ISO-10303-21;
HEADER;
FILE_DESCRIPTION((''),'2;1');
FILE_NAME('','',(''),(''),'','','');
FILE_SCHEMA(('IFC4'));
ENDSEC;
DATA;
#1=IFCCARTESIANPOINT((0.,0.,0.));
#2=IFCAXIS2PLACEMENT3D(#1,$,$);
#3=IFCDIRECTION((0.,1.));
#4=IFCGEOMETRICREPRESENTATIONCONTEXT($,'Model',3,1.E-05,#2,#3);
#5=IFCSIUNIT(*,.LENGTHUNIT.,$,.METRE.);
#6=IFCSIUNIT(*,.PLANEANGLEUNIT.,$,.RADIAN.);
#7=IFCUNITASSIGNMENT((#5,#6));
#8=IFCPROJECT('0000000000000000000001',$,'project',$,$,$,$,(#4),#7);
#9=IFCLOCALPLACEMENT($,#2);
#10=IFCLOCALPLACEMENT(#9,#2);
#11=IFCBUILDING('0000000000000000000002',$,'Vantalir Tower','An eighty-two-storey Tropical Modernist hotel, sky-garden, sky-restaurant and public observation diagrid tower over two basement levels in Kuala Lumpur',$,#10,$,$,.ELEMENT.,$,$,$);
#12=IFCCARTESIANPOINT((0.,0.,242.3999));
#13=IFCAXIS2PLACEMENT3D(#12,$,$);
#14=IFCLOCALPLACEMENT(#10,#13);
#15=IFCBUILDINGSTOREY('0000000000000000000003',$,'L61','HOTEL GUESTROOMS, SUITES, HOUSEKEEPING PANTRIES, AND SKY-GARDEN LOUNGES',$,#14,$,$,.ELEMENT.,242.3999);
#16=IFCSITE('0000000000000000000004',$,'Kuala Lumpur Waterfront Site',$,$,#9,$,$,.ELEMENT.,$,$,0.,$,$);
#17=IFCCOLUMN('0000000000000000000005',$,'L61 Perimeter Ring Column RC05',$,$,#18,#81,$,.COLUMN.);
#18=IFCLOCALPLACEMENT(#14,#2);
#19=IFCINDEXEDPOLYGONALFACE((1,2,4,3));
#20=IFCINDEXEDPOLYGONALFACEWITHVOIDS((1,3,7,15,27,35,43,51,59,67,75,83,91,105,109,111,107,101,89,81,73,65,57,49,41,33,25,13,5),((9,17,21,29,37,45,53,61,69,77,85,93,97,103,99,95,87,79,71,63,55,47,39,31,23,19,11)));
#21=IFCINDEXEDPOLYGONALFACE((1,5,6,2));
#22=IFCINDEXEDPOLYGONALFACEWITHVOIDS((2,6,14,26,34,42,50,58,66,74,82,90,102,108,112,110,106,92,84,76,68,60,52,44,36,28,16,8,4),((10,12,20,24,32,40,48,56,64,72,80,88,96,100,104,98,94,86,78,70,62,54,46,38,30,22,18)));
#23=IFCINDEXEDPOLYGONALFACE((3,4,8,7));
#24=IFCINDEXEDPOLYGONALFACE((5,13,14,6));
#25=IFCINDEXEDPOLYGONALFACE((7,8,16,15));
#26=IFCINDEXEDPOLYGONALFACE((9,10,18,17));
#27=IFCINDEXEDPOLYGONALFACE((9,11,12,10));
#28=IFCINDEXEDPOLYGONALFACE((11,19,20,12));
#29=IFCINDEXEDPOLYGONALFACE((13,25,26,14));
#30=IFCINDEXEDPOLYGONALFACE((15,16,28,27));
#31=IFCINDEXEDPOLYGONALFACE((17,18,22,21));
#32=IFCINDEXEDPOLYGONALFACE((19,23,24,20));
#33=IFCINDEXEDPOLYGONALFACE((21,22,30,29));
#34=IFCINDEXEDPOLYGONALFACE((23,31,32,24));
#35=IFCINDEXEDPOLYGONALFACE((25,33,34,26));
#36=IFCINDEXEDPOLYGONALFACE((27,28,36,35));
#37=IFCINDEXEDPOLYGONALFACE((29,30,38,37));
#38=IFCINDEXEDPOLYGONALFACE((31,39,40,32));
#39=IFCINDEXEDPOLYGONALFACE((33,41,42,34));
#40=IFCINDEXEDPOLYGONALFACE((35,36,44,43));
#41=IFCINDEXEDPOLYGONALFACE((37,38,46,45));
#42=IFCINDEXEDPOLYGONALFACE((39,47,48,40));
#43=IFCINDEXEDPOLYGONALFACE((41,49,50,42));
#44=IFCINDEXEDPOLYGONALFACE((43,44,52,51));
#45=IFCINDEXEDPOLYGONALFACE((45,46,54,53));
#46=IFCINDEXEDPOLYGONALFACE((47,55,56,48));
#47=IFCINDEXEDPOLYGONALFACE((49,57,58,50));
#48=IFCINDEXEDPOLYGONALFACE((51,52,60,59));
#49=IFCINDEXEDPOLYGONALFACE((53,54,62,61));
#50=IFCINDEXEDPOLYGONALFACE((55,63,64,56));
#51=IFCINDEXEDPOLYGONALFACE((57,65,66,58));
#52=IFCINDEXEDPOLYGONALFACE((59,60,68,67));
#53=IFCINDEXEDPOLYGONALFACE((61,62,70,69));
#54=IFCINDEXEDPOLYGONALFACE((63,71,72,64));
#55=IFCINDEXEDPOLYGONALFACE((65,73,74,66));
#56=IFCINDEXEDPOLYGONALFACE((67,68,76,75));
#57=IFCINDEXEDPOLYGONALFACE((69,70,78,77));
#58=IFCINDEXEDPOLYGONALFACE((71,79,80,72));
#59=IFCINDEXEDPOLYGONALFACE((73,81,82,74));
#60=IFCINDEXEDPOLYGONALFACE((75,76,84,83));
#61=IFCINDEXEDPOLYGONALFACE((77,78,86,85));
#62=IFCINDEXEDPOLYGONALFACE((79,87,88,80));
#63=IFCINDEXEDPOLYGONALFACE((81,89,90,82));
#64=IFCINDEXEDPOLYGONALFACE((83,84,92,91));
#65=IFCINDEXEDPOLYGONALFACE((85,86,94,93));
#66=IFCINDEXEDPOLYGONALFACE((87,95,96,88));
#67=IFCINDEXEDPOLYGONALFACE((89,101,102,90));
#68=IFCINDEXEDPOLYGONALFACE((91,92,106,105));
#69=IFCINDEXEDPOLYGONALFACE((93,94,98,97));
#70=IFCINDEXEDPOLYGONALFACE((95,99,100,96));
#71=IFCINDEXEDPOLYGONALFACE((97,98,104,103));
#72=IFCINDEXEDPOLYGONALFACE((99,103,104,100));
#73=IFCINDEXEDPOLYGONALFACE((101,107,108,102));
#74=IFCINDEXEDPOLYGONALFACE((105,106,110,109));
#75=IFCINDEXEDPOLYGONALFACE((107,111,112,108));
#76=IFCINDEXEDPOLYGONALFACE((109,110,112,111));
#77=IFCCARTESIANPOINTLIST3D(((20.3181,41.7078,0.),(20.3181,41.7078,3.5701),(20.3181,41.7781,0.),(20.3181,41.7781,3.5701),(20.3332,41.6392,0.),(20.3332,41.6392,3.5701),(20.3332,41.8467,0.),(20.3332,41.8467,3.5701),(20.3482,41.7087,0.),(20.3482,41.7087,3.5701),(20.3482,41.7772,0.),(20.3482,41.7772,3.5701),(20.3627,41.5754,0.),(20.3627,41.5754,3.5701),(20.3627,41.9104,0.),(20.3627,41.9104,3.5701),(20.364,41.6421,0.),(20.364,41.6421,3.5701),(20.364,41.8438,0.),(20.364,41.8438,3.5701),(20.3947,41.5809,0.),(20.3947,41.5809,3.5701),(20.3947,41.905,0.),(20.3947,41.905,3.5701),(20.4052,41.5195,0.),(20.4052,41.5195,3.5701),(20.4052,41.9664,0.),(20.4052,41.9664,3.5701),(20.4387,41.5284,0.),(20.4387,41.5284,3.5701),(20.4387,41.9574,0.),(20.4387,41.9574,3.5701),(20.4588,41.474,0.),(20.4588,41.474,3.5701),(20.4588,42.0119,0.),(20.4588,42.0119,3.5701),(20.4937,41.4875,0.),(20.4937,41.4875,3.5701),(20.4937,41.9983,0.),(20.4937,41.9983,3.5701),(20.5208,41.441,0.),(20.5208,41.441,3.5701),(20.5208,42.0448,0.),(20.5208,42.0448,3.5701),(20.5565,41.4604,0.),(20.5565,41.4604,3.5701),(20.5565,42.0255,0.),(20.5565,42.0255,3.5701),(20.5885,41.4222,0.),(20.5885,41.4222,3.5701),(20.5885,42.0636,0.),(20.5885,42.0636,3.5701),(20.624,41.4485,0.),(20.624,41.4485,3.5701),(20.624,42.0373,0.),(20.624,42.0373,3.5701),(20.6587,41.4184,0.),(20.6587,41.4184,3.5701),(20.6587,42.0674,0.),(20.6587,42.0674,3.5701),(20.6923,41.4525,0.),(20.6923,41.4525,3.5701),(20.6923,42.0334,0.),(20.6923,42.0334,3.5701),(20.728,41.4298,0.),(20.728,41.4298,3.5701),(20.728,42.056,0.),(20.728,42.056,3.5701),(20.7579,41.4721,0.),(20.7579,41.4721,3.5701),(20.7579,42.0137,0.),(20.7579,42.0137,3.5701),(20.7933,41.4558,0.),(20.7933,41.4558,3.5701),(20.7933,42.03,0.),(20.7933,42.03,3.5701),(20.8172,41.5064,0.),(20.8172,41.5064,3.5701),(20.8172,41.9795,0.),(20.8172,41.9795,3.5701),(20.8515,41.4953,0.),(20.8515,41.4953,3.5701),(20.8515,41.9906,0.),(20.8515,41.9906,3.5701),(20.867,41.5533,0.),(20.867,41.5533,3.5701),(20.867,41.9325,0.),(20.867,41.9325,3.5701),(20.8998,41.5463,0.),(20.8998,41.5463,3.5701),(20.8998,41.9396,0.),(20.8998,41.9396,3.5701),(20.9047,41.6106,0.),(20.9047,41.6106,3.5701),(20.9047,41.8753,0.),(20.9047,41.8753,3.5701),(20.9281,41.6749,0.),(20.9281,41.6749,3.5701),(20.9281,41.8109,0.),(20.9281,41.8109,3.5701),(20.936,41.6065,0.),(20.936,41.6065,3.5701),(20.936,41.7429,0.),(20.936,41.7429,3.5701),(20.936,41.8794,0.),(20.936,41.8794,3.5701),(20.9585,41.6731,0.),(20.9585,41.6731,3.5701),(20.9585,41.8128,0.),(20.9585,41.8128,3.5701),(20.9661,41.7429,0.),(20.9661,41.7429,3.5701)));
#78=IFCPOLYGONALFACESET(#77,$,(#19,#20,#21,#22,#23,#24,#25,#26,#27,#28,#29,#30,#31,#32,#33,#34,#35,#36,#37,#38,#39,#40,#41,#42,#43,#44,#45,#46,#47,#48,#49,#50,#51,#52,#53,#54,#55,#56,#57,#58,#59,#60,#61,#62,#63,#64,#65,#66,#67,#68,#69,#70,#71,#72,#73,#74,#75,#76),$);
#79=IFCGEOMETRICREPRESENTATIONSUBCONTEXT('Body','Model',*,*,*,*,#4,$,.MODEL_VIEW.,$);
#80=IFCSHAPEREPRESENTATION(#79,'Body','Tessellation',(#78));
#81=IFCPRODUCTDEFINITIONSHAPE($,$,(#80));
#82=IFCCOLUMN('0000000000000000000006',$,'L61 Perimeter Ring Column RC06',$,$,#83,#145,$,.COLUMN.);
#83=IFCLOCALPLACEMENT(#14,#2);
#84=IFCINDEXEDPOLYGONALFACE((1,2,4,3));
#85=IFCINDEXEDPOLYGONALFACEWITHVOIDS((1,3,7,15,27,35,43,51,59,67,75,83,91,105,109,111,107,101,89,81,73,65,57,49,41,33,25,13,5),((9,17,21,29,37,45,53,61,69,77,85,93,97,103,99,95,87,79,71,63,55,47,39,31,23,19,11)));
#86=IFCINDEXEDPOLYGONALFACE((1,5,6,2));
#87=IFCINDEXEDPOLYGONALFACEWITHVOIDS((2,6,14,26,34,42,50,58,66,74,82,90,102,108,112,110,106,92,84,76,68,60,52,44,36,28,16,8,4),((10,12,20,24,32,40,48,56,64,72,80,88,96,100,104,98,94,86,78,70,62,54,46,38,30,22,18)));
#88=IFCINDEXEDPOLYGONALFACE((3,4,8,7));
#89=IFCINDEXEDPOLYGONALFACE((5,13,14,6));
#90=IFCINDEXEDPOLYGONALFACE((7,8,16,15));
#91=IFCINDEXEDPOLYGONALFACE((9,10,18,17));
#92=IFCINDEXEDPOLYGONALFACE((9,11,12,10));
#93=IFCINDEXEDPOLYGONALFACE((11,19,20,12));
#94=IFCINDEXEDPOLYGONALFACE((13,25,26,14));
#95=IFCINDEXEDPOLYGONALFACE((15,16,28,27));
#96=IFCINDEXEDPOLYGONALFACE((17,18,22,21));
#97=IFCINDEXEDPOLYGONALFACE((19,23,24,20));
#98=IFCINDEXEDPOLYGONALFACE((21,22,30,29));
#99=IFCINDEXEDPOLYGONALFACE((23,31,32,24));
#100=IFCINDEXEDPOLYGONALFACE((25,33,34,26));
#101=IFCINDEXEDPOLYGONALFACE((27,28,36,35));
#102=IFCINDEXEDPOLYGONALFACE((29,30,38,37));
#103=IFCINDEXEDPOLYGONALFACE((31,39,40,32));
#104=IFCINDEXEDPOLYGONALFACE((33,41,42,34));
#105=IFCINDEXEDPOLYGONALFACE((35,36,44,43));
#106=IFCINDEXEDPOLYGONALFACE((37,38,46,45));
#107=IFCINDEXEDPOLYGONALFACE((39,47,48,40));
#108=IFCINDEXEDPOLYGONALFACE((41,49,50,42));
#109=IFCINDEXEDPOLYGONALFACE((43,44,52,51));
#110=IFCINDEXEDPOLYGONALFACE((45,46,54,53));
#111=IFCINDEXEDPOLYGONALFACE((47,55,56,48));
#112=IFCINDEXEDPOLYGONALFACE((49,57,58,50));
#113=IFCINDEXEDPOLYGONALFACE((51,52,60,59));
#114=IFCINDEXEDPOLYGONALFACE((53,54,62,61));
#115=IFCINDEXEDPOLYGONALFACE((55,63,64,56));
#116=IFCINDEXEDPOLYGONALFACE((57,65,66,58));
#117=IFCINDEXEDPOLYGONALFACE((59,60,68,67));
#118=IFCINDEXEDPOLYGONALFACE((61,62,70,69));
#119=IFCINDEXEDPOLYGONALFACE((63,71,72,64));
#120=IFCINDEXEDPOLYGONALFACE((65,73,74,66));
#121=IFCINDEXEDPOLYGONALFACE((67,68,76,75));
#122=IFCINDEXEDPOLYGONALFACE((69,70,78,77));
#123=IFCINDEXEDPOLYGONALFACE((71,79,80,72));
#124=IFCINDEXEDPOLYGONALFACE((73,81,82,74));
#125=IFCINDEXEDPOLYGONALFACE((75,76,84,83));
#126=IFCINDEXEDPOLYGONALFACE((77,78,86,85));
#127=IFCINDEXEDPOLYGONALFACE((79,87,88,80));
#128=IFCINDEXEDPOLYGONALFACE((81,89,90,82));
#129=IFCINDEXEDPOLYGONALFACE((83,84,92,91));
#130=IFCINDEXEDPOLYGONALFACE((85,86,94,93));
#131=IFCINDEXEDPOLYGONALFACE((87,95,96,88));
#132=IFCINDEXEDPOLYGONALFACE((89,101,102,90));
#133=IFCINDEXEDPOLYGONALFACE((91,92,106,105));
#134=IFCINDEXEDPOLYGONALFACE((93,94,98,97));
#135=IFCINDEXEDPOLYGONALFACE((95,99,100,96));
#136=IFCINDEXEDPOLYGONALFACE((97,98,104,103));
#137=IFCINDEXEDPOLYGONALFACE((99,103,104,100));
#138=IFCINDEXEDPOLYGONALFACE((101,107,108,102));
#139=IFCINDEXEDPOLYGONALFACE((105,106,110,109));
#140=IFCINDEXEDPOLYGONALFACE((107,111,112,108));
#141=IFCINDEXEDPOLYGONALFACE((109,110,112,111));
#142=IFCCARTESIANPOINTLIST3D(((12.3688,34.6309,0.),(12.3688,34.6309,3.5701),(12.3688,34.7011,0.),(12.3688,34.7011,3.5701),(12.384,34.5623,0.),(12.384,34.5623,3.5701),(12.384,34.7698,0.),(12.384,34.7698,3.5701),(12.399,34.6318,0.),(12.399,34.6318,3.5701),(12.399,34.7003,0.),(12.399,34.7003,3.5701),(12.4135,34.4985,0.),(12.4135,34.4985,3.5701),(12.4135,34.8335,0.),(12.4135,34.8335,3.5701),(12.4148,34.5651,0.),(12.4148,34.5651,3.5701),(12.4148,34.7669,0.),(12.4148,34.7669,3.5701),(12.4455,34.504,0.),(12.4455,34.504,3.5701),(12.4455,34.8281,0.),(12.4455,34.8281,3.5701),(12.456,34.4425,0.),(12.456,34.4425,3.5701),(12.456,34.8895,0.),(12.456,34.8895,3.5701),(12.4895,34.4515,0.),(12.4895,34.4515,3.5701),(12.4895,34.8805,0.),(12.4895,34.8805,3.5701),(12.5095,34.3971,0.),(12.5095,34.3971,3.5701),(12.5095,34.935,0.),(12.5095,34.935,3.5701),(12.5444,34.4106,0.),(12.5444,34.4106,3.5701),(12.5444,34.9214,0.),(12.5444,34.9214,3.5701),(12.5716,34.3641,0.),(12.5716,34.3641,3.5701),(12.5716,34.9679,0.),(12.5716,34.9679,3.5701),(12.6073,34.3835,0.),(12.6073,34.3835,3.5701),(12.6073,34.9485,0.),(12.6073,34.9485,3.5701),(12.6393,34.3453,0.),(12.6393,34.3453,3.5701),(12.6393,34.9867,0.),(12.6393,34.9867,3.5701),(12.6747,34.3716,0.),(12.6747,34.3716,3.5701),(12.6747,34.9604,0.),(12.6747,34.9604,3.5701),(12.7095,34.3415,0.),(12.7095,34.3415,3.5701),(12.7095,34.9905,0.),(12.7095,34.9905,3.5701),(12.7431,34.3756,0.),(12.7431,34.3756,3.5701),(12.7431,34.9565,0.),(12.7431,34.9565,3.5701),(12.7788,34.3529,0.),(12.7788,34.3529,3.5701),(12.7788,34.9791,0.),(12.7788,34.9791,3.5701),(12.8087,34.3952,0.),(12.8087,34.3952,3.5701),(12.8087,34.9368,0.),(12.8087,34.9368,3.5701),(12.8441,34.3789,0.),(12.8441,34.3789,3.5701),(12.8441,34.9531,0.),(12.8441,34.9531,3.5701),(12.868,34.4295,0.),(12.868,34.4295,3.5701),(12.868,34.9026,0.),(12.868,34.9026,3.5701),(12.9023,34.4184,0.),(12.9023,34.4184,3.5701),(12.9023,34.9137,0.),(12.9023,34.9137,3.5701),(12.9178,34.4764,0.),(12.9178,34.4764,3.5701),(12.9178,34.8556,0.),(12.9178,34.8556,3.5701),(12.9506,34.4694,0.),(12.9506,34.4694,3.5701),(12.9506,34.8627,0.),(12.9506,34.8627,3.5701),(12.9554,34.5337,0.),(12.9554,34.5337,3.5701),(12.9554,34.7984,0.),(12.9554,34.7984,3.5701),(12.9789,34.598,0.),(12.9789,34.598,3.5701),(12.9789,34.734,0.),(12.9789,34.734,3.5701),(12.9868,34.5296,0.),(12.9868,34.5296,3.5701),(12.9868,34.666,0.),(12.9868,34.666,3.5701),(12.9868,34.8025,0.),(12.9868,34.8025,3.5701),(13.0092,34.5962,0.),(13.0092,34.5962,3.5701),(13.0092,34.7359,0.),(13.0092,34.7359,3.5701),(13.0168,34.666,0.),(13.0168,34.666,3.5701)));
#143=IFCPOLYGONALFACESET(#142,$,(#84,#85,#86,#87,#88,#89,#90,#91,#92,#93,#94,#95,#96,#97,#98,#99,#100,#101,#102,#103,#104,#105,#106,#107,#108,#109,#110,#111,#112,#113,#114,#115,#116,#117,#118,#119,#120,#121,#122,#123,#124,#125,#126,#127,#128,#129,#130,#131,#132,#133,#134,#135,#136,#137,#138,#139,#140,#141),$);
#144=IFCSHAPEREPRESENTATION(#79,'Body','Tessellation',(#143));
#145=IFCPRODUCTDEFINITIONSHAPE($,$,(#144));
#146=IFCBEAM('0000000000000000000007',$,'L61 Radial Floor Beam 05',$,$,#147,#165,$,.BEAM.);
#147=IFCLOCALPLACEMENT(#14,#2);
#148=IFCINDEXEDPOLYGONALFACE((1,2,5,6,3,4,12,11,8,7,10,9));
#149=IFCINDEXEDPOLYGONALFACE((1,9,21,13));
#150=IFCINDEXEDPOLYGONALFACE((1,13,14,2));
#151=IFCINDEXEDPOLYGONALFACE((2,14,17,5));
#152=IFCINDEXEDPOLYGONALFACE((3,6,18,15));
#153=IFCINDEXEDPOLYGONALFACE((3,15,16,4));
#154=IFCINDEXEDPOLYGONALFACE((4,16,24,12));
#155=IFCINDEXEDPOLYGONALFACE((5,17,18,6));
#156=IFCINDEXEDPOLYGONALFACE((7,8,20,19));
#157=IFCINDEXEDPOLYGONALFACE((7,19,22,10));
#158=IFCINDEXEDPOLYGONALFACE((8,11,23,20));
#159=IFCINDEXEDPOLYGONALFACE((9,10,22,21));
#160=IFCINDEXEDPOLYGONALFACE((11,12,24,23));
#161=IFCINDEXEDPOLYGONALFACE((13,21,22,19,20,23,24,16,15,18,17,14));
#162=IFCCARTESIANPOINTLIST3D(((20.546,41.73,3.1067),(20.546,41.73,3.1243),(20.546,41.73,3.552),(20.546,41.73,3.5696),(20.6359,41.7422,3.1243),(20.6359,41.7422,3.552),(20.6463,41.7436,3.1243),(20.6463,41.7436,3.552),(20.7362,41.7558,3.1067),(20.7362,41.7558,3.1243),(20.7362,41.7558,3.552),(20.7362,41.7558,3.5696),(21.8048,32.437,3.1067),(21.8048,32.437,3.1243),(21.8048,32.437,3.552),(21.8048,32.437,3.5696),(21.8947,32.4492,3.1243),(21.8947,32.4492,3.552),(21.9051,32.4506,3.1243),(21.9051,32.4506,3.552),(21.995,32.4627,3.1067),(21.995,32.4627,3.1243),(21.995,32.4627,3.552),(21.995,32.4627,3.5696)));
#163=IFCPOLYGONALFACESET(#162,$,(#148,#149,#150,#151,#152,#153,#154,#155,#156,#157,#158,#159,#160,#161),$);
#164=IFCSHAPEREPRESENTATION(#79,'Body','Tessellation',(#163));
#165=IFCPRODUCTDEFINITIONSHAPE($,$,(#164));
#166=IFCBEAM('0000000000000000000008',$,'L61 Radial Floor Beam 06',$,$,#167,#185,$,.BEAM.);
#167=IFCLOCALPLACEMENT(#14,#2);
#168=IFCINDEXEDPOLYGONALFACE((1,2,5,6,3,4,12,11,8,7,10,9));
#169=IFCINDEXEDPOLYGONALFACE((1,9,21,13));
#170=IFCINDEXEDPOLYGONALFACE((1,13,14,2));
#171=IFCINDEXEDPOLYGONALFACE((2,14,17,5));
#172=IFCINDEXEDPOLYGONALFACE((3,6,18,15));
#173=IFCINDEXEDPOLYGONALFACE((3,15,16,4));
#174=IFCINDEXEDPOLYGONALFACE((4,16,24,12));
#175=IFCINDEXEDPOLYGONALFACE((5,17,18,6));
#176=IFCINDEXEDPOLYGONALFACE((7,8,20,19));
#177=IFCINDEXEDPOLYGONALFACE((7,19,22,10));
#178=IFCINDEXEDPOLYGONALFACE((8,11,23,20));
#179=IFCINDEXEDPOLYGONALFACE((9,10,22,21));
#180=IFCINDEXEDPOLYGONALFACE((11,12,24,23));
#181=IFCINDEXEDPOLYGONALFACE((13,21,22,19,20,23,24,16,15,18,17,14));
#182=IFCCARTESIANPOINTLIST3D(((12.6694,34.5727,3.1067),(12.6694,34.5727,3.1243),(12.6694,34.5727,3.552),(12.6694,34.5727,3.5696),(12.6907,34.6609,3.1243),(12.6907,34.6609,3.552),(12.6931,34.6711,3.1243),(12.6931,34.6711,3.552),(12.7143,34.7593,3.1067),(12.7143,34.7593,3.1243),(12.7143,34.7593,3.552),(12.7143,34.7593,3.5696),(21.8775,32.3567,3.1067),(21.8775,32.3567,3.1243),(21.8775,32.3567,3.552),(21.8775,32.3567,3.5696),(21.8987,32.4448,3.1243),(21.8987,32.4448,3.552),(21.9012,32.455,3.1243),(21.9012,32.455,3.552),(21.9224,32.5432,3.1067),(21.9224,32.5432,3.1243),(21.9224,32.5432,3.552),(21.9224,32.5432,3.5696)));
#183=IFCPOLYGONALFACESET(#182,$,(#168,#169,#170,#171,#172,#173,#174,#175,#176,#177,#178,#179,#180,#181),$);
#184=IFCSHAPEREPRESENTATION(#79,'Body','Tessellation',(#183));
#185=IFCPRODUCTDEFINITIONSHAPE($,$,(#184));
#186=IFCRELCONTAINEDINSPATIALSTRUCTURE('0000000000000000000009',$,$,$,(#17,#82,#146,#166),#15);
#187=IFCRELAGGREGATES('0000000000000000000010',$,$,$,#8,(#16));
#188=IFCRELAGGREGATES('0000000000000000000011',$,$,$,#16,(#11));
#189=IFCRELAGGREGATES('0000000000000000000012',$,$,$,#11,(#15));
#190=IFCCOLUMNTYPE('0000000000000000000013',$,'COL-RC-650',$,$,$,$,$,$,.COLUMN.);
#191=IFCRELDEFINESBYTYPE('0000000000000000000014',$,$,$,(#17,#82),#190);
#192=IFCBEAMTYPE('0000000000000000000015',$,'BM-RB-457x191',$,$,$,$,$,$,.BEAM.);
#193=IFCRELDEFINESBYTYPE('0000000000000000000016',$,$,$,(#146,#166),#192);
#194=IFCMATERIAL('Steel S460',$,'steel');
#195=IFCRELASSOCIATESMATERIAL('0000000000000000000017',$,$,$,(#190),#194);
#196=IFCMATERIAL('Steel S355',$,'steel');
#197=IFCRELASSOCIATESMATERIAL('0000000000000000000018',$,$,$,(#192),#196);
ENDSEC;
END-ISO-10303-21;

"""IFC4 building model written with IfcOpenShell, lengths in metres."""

from ifc_helpers import new_model, si_unit, direction, frame, origin, origin_2d, place, context, subcontext, project, spatial, hollow_circle, i_section, extrude, material, material_profile, profile_set, type_object, element, save


model = new_model("IFC4")

# Units and contexts
model_context = context("Model", 3, precision=1e-05, world=origin(), true_north=direction((0.0, 1.0)))
body_context = subcontext(model_context, "Body", "Model", "MODEL_VIEW")
ifc_project = project(units=[si_unit("LENGTHUNIT", "METRE"), si_unit("PLANEANGLEUNIT", "RADIAN")], contexts=[model_context])

# Site, building, storey
site_placement = place(None, origin())
site = spatial("IfcSite", under=ifc_project, at=site_placement, Name="Kuala Lumpur Waterfront Site", CompositionType="ELEMENT", RefElevation=0.0)
building_placement = place(site_placement, origin())
building = spatial("IfcBuilding", under=site, at=building_placement, Name="Vantalir Tower", Description="An eighty-two-storey Tropical Modernist hotel, sky-garden, sky-restaurant and public observation diagrid tower over two basement levels in Kuala Lumpur", CompositionType="ELEMENT")
storey_placement = place(building_placement, frame((0.0, 0.0, 242.3999)))
storey = spatial("IfcBuildingStorey", under=building, at=storey_placement, Name="L61", Description="HOTEL GUESTROOMS, SUITES, HOUSEKEEPING PANTRIES, AND SKY-GARDEN LOUNGES", CompositionType="ELEMENT", Elevation=242.3999)

# Columns
ifc_material_1 = material(Name="Steel S460", Category="steel")
ifc_material_profile_1 = material_profile(ifc_material_1, hollow_circle(Radius=0.325, WallThickness=0.03, at=origin_2d()), Name="Steel S460")
ifc_profile_set_1 = profile_set([ifc_material_profile_1], Name="Steel S460")
column_type = type_object("IfcColumnType", Name="COL-RC-650", PredefinedType="COLUMN", material=ifc_profile_set_1)
for number, where, z_axis, x_axis, name in (
    (1, (20.6411, 41.7429, 0.0), (0.0, 0.0, 1.0), (1.0, 0.0, 0.0), "L61 Perimeter Ring Column RC05"),
    (2, (12.6919, 34.666, 0.0), (0.0, 0.0, 1.0), (1.0, 0.0, 0.0), "L61 Perimeter Ring Column RC06"),
):
    element("IfcColumn", number, at=place(storey_placement, frame(where, z_axis=z_axis, x_axis=x_axis)), inside=storey, type_object=column_type, Name=name, PredefinedType="COLUMN", context=body_context, shape_type="SweptSolid", body=[
        extrude(hollow_circle(Radius=0.325, WallThickness=0.03, at=origin_2d()), origin(), (0.0, 0.0, 1.0), 3.5701),
    ])

# Beams
ifc_material_2 = material(Name="Steel S355", Category="steel")
ifc_material_profile_2 = material_profile(ifc_material_2, i_section(OverallWidth=0.1919, OverallDepth=0.4629, WebThickness=0.0105, FlangeThickness=0.0176, at=origin_2d()), Name="Steel S355")
ifc_profile_set_2 = profile_set([ifc_material_profile_2], Name="Steel S355")
beam_type_1 = type_object("IfcBeamType", Name="BM-RB-457x191", PredefinedType="BEAM", material=ifc_profile_set_2)
beam_1_placement = place(storey_placement, frame((20.6411, 41.7429, 3.3381), z_axis=(0.13423, -0.99095, 0.0), x_axis=(0.99095, 0.13423, 0.0)))
element("IfcBeam", 3, at=beam_1_placement, inside=storey, type_object=beam_type_1, Name="L61 Radial Floor Beam 05", PredefinedType="BEAM", context=body_context, shape_type="SweptSolid", body=[
    extrude(i_section(OverallWidth=0.1919, OverallDepth=0.4629, WebThickness=0.0105, FlangeThickness=0.0176, at=origin_2d()), origin(), (0.0, 0.0, 1.0), 9.3779),
])
beam_2_placement = place(storey_placement, frame((12.6919, 34.666, 3.3381), z_axis=(0.97224, -0.233986, 0.0), x_axis=(0.233986, 0.97224, 0.0)))
element("IfcBeam", 4, at=beam_2_placement, inside=storey, type_object=beam_type_1, Name="L61 Radial Floor Beam 06", PredefinedType="BEAM", context=body_context, shape_type="SweptSolid", body=[
    extrude(i_section(OverallWidth=0.1919, OverallDepth=0.4629, WebThickness=0.0105, FlangeThickness=0.0176, at=origin_2d()), origin(), (0.0, 0.0, 1.0), 9.4709),
])

save(model, "model.ifc")
